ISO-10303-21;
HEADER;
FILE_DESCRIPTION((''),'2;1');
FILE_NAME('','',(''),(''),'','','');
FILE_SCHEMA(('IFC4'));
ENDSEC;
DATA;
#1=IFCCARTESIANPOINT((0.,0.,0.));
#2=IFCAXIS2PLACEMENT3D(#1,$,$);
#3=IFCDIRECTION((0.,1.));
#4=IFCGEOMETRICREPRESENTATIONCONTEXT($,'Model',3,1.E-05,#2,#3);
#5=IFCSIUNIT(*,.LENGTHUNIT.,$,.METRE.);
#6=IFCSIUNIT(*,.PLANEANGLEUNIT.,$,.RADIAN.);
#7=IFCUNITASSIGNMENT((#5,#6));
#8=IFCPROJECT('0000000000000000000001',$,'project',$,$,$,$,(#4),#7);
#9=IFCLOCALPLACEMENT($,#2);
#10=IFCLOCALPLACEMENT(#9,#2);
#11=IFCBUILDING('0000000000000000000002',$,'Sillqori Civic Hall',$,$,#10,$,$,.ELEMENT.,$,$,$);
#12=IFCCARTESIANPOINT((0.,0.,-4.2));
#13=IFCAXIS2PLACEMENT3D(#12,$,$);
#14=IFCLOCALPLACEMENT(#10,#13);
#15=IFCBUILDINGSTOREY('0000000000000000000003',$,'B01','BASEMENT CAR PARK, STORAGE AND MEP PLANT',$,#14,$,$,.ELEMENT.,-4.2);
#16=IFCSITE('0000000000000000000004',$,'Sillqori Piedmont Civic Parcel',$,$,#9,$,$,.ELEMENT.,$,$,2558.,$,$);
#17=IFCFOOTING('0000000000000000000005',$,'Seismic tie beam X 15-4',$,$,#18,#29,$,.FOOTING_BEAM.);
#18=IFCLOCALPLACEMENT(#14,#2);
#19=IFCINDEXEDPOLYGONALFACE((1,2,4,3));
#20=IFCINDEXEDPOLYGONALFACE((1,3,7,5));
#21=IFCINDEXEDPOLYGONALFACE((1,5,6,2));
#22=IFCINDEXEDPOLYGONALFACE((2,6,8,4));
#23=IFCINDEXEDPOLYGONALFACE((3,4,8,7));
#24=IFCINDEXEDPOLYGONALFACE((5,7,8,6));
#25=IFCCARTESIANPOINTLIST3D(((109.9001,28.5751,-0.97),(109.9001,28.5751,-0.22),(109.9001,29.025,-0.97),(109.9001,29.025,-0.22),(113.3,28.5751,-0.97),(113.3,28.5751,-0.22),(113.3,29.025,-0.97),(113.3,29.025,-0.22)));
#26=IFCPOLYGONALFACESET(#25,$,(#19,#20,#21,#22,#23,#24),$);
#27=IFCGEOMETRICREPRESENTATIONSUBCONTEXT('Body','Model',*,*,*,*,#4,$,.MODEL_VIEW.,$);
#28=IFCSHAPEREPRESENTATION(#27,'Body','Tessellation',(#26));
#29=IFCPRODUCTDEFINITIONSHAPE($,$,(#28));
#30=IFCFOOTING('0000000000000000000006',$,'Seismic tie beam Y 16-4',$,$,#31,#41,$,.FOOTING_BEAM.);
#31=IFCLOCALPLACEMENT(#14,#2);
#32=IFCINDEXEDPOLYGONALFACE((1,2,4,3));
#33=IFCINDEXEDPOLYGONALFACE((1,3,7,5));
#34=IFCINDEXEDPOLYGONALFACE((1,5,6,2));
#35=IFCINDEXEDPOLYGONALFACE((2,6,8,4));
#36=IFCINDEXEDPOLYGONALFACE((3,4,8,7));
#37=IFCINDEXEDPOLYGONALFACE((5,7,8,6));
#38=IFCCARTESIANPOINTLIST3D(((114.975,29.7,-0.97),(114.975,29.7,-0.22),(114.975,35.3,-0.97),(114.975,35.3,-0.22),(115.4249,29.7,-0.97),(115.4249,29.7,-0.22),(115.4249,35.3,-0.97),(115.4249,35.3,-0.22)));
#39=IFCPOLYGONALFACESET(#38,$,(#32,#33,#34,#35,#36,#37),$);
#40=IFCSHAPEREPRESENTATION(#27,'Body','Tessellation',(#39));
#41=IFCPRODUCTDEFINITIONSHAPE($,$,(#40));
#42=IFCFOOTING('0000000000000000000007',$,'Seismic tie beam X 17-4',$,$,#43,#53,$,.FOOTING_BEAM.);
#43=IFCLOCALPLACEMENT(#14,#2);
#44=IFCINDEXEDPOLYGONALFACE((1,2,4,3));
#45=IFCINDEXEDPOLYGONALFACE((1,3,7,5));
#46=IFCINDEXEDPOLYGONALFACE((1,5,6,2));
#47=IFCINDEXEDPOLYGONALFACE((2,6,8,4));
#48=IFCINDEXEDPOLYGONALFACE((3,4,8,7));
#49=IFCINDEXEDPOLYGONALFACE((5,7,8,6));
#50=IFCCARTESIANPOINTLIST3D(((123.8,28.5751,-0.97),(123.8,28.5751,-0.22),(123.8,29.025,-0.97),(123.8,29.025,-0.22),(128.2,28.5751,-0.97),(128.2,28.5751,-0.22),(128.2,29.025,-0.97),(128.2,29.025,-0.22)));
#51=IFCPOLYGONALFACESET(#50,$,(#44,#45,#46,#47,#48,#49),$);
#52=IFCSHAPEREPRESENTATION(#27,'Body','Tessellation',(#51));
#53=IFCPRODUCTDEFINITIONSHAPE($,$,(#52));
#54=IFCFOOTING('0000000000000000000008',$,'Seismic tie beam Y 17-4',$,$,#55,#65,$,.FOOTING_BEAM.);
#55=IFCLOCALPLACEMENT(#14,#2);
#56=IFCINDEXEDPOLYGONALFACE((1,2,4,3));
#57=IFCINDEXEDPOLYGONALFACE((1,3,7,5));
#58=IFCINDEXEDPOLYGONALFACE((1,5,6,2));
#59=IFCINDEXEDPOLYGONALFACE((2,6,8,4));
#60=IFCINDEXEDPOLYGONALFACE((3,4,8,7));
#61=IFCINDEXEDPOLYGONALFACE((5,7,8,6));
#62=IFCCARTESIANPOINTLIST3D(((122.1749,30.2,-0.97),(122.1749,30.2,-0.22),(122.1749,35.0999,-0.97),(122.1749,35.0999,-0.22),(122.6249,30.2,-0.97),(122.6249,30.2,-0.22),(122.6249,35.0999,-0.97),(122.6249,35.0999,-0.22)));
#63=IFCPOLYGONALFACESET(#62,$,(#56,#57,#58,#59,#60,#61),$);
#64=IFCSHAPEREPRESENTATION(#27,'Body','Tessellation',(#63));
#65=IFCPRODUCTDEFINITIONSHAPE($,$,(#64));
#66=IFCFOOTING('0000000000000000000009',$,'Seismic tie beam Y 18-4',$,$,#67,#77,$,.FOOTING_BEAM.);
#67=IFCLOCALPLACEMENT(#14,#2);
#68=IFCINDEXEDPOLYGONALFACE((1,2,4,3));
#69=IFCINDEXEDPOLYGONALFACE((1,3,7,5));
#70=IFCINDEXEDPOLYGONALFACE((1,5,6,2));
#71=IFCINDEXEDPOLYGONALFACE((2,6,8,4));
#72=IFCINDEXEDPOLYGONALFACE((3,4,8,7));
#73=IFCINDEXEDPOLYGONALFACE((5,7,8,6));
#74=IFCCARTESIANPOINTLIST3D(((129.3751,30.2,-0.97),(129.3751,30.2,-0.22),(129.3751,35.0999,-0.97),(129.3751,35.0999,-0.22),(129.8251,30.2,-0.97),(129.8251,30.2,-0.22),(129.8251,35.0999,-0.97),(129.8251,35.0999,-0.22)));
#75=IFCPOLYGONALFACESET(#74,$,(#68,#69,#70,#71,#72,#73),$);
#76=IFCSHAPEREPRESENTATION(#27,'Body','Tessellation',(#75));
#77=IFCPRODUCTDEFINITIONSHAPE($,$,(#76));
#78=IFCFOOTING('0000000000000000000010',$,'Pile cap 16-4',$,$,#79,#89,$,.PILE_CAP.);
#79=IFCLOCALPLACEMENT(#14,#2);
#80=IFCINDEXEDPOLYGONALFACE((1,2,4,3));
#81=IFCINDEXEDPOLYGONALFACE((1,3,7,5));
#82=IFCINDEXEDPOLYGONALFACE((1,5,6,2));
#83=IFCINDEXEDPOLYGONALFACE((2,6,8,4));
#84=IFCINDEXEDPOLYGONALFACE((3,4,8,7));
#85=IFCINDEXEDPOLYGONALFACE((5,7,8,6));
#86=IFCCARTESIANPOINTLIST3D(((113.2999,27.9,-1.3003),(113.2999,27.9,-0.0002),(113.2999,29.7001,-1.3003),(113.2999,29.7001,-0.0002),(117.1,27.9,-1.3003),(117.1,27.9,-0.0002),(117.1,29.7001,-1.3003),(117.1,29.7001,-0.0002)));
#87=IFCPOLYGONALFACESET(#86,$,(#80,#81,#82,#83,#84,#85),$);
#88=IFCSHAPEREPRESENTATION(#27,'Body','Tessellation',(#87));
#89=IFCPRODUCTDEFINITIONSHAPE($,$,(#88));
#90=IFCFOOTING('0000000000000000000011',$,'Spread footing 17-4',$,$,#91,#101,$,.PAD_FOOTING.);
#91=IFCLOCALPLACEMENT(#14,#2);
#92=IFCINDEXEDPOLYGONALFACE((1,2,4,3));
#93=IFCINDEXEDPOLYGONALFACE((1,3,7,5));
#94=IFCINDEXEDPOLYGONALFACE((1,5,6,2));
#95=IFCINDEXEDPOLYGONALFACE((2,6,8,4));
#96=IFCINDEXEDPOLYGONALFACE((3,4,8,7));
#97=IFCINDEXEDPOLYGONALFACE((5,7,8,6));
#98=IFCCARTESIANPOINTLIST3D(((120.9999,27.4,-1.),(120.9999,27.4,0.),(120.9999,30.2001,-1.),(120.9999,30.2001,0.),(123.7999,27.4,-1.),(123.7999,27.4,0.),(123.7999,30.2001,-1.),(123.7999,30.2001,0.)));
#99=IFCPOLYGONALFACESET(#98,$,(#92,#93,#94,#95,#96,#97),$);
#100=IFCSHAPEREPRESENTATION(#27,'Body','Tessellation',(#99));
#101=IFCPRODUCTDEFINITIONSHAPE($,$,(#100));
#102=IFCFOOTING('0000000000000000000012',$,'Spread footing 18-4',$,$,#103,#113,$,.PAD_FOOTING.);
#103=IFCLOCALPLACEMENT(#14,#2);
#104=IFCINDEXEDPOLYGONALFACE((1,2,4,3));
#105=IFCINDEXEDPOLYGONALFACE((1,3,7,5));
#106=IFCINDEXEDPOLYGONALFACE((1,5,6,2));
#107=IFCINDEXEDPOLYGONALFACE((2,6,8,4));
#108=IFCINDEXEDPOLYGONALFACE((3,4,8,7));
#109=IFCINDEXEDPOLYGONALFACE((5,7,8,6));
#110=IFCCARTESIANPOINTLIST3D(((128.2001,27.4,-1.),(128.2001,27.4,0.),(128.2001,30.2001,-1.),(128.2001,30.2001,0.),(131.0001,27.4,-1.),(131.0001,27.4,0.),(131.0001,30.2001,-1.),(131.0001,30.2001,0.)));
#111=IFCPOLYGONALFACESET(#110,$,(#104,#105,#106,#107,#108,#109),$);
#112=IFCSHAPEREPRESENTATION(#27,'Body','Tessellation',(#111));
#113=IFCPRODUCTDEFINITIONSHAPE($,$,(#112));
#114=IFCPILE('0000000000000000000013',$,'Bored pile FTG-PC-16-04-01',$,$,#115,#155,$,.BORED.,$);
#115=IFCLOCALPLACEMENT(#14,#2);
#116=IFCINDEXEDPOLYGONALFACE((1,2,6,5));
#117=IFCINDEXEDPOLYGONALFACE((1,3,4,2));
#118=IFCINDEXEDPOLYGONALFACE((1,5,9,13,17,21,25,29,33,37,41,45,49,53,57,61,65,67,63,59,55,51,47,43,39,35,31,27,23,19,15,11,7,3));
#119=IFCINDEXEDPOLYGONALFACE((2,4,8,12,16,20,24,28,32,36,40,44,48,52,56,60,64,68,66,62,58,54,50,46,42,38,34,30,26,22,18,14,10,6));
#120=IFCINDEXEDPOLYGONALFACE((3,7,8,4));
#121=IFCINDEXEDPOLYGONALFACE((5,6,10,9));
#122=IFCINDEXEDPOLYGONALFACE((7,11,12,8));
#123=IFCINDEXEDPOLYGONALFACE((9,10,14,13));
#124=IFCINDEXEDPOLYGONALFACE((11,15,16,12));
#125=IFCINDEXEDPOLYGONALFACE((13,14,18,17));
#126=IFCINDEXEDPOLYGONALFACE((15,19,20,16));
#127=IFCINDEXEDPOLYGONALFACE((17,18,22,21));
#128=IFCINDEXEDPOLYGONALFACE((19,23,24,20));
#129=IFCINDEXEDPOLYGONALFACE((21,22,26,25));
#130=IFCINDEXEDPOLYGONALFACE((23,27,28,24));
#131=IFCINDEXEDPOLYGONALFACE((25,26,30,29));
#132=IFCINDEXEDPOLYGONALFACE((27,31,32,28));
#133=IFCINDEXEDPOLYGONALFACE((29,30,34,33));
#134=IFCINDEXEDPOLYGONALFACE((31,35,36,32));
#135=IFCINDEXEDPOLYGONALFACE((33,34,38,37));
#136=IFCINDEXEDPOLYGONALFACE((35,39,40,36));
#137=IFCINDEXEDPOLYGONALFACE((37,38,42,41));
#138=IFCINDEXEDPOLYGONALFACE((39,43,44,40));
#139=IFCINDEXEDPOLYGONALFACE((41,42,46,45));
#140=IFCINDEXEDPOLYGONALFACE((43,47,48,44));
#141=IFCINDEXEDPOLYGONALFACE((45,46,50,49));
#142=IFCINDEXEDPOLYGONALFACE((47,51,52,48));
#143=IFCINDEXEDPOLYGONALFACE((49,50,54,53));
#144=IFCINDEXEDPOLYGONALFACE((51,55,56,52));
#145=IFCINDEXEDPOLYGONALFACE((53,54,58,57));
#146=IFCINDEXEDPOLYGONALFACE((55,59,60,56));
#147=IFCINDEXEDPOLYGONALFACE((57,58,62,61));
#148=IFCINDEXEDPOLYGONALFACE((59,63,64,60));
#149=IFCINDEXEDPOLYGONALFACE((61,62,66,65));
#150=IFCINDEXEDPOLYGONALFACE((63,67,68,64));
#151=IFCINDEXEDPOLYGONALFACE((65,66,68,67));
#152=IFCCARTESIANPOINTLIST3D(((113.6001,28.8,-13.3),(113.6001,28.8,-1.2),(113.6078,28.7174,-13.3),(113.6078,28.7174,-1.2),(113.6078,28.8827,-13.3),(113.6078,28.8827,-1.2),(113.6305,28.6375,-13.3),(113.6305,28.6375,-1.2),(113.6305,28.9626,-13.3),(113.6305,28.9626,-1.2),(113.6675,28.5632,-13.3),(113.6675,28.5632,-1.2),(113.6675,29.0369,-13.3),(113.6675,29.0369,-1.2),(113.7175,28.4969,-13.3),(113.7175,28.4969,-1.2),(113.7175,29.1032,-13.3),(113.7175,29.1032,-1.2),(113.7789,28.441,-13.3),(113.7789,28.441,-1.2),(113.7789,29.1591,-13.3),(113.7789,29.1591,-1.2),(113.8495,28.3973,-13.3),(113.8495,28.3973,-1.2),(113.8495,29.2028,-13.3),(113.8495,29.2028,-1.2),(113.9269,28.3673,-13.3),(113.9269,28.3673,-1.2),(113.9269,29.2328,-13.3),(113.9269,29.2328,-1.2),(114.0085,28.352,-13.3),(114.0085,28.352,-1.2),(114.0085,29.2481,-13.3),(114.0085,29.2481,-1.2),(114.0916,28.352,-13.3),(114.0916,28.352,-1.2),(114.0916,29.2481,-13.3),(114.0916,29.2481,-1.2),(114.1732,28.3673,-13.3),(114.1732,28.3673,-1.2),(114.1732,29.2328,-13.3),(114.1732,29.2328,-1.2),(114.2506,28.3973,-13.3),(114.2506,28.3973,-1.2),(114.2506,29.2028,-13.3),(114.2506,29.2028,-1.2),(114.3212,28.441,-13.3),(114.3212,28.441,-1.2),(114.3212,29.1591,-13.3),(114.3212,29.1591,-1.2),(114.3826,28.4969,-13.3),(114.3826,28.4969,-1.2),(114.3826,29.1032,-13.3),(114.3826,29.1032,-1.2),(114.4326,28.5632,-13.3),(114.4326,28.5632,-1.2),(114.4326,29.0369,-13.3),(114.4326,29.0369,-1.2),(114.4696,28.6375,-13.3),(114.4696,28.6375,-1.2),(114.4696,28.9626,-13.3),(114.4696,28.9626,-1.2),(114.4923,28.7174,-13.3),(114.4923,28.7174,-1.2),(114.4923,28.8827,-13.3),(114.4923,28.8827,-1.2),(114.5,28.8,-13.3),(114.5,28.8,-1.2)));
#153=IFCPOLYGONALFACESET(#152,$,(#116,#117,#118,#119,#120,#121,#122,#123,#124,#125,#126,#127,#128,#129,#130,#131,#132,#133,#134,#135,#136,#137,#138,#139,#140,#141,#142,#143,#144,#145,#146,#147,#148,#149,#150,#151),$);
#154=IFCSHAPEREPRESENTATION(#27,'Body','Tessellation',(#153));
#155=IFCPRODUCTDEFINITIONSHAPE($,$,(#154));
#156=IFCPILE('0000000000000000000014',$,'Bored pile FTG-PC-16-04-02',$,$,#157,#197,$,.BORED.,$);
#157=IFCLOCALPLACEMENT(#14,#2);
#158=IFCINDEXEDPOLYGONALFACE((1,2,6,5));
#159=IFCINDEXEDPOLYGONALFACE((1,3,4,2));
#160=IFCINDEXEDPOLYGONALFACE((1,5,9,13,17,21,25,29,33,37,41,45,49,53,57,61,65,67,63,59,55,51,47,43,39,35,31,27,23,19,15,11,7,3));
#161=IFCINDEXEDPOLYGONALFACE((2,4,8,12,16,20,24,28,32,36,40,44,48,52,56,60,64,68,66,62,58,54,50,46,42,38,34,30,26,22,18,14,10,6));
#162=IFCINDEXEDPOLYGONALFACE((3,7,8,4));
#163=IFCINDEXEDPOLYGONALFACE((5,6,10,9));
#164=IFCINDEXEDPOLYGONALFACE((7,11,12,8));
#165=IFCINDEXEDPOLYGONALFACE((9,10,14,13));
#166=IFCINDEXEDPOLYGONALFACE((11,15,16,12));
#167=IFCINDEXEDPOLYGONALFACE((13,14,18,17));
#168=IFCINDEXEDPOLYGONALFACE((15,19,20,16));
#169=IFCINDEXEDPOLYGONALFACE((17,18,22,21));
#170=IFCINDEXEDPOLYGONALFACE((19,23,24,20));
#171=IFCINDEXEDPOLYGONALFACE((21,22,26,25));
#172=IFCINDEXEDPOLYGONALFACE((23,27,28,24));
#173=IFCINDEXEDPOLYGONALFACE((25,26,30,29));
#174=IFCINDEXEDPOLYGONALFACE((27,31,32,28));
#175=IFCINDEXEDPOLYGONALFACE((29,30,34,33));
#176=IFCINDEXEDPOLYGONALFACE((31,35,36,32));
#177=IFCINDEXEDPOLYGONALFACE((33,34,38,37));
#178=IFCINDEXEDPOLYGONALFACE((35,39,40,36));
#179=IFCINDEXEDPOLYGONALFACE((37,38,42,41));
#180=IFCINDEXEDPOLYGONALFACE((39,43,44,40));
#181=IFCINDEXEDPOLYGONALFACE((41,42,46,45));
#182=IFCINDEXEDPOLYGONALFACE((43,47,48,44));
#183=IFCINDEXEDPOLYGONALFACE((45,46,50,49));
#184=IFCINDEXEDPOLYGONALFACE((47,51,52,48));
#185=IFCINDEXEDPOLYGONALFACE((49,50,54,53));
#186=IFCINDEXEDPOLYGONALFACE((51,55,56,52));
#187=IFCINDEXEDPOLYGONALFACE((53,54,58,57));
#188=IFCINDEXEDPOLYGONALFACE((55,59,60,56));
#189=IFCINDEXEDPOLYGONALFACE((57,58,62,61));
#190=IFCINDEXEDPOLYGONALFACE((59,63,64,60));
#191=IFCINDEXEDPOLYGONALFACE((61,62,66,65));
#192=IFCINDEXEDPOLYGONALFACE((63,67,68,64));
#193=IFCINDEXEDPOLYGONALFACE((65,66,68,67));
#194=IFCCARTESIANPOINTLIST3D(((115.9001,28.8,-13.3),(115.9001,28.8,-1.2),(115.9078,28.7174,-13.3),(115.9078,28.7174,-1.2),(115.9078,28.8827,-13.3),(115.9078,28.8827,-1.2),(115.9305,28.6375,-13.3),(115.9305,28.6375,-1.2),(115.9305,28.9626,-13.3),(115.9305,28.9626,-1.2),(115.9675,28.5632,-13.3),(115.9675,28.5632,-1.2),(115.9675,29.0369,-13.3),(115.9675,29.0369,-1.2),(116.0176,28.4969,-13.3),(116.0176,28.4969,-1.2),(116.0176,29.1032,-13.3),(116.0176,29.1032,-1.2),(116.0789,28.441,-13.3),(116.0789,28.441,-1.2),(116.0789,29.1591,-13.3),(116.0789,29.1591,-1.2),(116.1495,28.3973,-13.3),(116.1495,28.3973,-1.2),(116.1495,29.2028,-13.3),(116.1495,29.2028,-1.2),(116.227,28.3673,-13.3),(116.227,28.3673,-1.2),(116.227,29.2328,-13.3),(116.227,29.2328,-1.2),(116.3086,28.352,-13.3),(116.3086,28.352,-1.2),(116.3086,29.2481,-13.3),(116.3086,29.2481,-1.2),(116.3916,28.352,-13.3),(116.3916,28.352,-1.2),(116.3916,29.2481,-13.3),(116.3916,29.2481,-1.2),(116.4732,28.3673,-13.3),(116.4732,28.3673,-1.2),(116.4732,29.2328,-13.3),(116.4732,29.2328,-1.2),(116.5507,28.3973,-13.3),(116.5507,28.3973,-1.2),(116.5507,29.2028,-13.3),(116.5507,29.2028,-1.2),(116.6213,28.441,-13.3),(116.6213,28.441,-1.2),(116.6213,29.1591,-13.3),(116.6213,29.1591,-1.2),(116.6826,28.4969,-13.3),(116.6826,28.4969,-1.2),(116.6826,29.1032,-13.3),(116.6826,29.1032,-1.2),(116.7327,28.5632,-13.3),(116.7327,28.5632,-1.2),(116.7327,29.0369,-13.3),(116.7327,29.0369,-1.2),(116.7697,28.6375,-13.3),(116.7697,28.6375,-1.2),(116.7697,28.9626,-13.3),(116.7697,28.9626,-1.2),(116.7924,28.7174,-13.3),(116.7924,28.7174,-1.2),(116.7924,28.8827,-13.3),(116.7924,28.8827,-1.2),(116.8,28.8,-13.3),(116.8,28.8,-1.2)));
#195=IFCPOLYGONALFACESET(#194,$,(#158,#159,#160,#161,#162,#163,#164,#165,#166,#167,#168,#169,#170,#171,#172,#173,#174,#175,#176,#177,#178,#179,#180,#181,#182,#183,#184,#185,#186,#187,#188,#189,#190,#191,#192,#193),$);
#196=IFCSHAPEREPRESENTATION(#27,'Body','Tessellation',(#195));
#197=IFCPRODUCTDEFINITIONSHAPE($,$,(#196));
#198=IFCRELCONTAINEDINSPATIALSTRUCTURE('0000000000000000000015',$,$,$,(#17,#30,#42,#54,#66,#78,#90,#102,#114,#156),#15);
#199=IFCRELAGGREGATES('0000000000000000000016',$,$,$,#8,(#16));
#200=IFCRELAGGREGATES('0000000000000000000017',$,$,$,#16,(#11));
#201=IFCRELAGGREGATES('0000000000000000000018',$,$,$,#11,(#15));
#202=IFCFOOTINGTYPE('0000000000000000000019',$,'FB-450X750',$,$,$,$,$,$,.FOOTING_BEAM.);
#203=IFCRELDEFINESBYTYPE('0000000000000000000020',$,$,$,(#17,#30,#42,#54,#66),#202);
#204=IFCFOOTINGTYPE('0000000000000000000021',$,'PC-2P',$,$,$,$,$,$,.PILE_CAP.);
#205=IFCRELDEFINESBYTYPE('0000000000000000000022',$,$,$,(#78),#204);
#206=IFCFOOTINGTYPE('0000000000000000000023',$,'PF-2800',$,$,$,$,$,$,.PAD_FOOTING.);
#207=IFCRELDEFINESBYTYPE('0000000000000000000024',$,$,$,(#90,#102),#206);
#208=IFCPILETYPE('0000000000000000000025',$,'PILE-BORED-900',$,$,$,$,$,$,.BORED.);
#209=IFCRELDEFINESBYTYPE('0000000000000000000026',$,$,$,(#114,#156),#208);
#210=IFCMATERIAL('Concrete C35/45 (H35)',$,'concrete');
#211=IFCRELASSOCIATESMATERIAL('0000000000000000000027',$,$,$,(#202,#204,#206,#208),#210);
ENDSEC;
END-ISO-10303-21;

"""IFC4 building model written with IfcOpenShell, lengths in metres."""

from ifc_helpers import new_model, si_unit, direction, frame, origin, origin_2d, place, context, subcontext, project, spatial, rectangle, circle, extrude, material, material_profile, profile_set, type_object, element, save


model = new_model("IFC4")

# Units and contexts
model_context = context("Model", 3, precision=1e-05, world=origin(), true_north=direction((0.0, 1.0)))
body_context = subcontext(model_context, "Body", "Model", "MODEL_VIEW")
ifc_project = project(units=[si_unit("LENGTHUNIT", "METRE"), si_unit("PLANEANGLEUNIT", "RADIAN")], contexts=[model_context])

# Site, building, storey
site_placement = place(None, origin())
site = spatial("IfcSite", under=ifc_project, at=site_placement, Name="Sillqori Piedmont Civic Parcel", CompositionType="ELEMENT", RefElevation=2558.0)
building_placement = place(site_placement, origin())
building = spatial("IfcBuilding", under=site, at=building_placement, Name="Sillqori Civic Hall", CompositionType="ELEMENT")
storey_placement = place(building_placement, frame((0.0, 0.0, -4.2)))
storey = spatial("IfcBuildingStorey", under=building, at=storey_placement, Name="B01", Description="BASEMENT CAR PARK, STORAGE AND MEP PLANT", CompositionType="ELEMENT", Elevation=-4.2)

# Footings
ifc_material_1 = material(Name="Concrete C35/45 (H35)", Category="concrete")
footing_type_1 = type_object("IfcFootingType", Name="FB-450X750", PredefinedType="FOOTING_BEAM", material=ifc_material_1)
footing_1_placement = place(storey_placement, frame((111.6001, 28.8, -0.97), z_axis=(0.0, 0.0, 1.0), x_axis=(1.0, 0.0, 0.0)))
element("IfcFooting", 1, at=footing_1_placement, inside=storey, type_object=footing_type_1, Name="Seismic tie beam X 15-4", PredefinedType="FOOTING_BEAM", context=body_context, shape_type="SweptSolid", body=[
    extrude(rectangle(XDim=3.3999, YDim=0.45, at=origin_2d()), origin(), (0.0, 0.0, 1.0), 0.75),
])
footing_2_placement = place(storey_placement, frame((115.2, 32.5, -0.97), z_axis=(0.0, 0.0, 1.0), x_axis=(1.0, 0.0, 0.0)))
element("IfcFooting", 2, at=footing_2_placement, inside=storey, type_object=footing_type_1, Name="Seismic tie beam Y 16-4", PredefinedType="FOOTING_BEAM", context=body_context, shape_type="SweptSolid", body=[
    extrude(rectangle(XDim=0.45, YDim=5.6001, at=origin_2d()), origin(), (0.0, 0.0, 1.0), 0.75),
])
footing_3_placement = place(storey_placement, frame((126.0, 28.8, -0.97), z_axis=(0.0, 0.0, 1.0), x_axis=(1.0, 0.0, 0.0)))
element("IfcFooting", 3, at=footing_3_placement, inside=storey, type_object=footing_type_1, Name="Seismic tie beam X 17-4", PredefinedType="FOOTING_BEAM", context=body_context, shape_type="SweptSolid", body=[
    extrude(rectangle(XDim=4.3999, YDim=0.45, at=origin_2d()), origin(), (0.0, 0.0, 1.0), 0.75),
])
for number, where, z_axis, x_axis, name in (
    (4, (122.3999, 32.6499, -0.97), (0.0, 0.0, 1.0), (1.0, 0.0, 0.0), "Seismic tie beam Y 17-4"),
    (5, (129.6001, 32.6499, -0.97), (0.0, 0.0, 1.0), (1.0, 0.0, 0.0), "Seismic tie beam Y 18-4"),
):
    element("IfcFooting", number, at=place(storey_placement, frame(where, z_axis=z_axis, x_axis=x_axis)), inside=storey, type_object=footing_type_1, Name=name, PredefinedType="FOOTING_BEAM", context=body_context, shape_type="SweptSolid", body=[
        extrude(rectangle(XDim=0.45, YDim=4.8999, at=origin_2d()), origin(), (0.0, 0.0, 1.0), 0.75),
    ])
footing_type_2 = type_object("IfcFootingType", Name="PC-2P", PredefinedType="PILE_CAP", material=ifc_material_1)
footing_4_placement = place(storey_placement, frame((115.2, 28.8, -1.3003), z_axis=(0.0, 0.0, 1.0), x_axis=(1.0, 0.0, 0.0)))
element("IfcFooting", 6, at=footing_4_placement, inside=storey, type_object=footing_type_2, Name="Pile cap 16-4", PredefinedType="PILE_CAP", context=body_context, shape_type="SweptSolid", body=[
    extrude(rectangle(XDim=3.8, YDim=1.8, at=origin_2d()), origin(), (0.0, 0.0, 1.0), 1.3),
])
footing_type_3 = type_object("IfcFootingType", Name="PF-2800", PredefinedType="PAD_FOOTING", material=ifc_material_1)
for number, where, z_axis, x_axis, name in (
    (7, (122.3999, 28.8, -1.0), (0.0, 0.0, 1.0), (1.0, 0.0, 0.0), "Spread footing 17-4"),
    (8, (129.6001, 28.8, -1.0), (0.0, 0.0, 1.0), (1.0, 0.0, 0.0), "Spread footing 18-4"),
):
    element("IfcFooting", number, at=place(storey_placement, frame(where, z_axis=z_axis, x_axis=x_axis)), inside=storey, type_object=footing_type_3, Name=name, PredefinedType="PAD_FOOTING", context=body_context, shape_type="SweptSolid", body=[
        extrude(rectangle(XDim=2.8, YDim=2.8, at=origin_2d()), origin(), (0.0, 0.0, 1.0), 1.0),
    ])

# Piles
ifc_material_profile_1 = material_profile(ifc_material_1, circle(Radius=0.45, at=origin_2d()), Name="BORED PILE 900")
ifc_profile_set_1 = profile_set([ifc_material_profile_1], Name="Concrete C35/45 (H35)")
pile_type = type_object("IfcPileType", Name="PILE-BORED-900", PredefinedType="BORED", material=ifc_profile_set_1)
for number, where, z_axis, x_axis, name in (
    (9, (114.05, 28.8, -1.2), (0.0, 0.0, -1.0), (1.0, 0.0, 0.0), "Bored pile FTG-PC-16-04-01"),
    (10, (116.3501, 28.8, -1.2), (0.0, 0.0, -1.0), (1.0, 0.0, 0.0), "Bored pile FTG-PC-16-04-02"),
):
    element("IfcPile", number, at=place(storey_placement, frame(where, z_axis=z_axis, x_axis=x_axis)), inside=storey, type_object=pile_type, Name=name, PredefinedType="BORED", context=body_context, shape_type="SweptSolid", body=[
        extrude(circle(Radius=0.45, at=origin_2d()), origin(), (0.0, 0.0, 1.0), 12.1001),
    ])

save(model, "model.ifc")
